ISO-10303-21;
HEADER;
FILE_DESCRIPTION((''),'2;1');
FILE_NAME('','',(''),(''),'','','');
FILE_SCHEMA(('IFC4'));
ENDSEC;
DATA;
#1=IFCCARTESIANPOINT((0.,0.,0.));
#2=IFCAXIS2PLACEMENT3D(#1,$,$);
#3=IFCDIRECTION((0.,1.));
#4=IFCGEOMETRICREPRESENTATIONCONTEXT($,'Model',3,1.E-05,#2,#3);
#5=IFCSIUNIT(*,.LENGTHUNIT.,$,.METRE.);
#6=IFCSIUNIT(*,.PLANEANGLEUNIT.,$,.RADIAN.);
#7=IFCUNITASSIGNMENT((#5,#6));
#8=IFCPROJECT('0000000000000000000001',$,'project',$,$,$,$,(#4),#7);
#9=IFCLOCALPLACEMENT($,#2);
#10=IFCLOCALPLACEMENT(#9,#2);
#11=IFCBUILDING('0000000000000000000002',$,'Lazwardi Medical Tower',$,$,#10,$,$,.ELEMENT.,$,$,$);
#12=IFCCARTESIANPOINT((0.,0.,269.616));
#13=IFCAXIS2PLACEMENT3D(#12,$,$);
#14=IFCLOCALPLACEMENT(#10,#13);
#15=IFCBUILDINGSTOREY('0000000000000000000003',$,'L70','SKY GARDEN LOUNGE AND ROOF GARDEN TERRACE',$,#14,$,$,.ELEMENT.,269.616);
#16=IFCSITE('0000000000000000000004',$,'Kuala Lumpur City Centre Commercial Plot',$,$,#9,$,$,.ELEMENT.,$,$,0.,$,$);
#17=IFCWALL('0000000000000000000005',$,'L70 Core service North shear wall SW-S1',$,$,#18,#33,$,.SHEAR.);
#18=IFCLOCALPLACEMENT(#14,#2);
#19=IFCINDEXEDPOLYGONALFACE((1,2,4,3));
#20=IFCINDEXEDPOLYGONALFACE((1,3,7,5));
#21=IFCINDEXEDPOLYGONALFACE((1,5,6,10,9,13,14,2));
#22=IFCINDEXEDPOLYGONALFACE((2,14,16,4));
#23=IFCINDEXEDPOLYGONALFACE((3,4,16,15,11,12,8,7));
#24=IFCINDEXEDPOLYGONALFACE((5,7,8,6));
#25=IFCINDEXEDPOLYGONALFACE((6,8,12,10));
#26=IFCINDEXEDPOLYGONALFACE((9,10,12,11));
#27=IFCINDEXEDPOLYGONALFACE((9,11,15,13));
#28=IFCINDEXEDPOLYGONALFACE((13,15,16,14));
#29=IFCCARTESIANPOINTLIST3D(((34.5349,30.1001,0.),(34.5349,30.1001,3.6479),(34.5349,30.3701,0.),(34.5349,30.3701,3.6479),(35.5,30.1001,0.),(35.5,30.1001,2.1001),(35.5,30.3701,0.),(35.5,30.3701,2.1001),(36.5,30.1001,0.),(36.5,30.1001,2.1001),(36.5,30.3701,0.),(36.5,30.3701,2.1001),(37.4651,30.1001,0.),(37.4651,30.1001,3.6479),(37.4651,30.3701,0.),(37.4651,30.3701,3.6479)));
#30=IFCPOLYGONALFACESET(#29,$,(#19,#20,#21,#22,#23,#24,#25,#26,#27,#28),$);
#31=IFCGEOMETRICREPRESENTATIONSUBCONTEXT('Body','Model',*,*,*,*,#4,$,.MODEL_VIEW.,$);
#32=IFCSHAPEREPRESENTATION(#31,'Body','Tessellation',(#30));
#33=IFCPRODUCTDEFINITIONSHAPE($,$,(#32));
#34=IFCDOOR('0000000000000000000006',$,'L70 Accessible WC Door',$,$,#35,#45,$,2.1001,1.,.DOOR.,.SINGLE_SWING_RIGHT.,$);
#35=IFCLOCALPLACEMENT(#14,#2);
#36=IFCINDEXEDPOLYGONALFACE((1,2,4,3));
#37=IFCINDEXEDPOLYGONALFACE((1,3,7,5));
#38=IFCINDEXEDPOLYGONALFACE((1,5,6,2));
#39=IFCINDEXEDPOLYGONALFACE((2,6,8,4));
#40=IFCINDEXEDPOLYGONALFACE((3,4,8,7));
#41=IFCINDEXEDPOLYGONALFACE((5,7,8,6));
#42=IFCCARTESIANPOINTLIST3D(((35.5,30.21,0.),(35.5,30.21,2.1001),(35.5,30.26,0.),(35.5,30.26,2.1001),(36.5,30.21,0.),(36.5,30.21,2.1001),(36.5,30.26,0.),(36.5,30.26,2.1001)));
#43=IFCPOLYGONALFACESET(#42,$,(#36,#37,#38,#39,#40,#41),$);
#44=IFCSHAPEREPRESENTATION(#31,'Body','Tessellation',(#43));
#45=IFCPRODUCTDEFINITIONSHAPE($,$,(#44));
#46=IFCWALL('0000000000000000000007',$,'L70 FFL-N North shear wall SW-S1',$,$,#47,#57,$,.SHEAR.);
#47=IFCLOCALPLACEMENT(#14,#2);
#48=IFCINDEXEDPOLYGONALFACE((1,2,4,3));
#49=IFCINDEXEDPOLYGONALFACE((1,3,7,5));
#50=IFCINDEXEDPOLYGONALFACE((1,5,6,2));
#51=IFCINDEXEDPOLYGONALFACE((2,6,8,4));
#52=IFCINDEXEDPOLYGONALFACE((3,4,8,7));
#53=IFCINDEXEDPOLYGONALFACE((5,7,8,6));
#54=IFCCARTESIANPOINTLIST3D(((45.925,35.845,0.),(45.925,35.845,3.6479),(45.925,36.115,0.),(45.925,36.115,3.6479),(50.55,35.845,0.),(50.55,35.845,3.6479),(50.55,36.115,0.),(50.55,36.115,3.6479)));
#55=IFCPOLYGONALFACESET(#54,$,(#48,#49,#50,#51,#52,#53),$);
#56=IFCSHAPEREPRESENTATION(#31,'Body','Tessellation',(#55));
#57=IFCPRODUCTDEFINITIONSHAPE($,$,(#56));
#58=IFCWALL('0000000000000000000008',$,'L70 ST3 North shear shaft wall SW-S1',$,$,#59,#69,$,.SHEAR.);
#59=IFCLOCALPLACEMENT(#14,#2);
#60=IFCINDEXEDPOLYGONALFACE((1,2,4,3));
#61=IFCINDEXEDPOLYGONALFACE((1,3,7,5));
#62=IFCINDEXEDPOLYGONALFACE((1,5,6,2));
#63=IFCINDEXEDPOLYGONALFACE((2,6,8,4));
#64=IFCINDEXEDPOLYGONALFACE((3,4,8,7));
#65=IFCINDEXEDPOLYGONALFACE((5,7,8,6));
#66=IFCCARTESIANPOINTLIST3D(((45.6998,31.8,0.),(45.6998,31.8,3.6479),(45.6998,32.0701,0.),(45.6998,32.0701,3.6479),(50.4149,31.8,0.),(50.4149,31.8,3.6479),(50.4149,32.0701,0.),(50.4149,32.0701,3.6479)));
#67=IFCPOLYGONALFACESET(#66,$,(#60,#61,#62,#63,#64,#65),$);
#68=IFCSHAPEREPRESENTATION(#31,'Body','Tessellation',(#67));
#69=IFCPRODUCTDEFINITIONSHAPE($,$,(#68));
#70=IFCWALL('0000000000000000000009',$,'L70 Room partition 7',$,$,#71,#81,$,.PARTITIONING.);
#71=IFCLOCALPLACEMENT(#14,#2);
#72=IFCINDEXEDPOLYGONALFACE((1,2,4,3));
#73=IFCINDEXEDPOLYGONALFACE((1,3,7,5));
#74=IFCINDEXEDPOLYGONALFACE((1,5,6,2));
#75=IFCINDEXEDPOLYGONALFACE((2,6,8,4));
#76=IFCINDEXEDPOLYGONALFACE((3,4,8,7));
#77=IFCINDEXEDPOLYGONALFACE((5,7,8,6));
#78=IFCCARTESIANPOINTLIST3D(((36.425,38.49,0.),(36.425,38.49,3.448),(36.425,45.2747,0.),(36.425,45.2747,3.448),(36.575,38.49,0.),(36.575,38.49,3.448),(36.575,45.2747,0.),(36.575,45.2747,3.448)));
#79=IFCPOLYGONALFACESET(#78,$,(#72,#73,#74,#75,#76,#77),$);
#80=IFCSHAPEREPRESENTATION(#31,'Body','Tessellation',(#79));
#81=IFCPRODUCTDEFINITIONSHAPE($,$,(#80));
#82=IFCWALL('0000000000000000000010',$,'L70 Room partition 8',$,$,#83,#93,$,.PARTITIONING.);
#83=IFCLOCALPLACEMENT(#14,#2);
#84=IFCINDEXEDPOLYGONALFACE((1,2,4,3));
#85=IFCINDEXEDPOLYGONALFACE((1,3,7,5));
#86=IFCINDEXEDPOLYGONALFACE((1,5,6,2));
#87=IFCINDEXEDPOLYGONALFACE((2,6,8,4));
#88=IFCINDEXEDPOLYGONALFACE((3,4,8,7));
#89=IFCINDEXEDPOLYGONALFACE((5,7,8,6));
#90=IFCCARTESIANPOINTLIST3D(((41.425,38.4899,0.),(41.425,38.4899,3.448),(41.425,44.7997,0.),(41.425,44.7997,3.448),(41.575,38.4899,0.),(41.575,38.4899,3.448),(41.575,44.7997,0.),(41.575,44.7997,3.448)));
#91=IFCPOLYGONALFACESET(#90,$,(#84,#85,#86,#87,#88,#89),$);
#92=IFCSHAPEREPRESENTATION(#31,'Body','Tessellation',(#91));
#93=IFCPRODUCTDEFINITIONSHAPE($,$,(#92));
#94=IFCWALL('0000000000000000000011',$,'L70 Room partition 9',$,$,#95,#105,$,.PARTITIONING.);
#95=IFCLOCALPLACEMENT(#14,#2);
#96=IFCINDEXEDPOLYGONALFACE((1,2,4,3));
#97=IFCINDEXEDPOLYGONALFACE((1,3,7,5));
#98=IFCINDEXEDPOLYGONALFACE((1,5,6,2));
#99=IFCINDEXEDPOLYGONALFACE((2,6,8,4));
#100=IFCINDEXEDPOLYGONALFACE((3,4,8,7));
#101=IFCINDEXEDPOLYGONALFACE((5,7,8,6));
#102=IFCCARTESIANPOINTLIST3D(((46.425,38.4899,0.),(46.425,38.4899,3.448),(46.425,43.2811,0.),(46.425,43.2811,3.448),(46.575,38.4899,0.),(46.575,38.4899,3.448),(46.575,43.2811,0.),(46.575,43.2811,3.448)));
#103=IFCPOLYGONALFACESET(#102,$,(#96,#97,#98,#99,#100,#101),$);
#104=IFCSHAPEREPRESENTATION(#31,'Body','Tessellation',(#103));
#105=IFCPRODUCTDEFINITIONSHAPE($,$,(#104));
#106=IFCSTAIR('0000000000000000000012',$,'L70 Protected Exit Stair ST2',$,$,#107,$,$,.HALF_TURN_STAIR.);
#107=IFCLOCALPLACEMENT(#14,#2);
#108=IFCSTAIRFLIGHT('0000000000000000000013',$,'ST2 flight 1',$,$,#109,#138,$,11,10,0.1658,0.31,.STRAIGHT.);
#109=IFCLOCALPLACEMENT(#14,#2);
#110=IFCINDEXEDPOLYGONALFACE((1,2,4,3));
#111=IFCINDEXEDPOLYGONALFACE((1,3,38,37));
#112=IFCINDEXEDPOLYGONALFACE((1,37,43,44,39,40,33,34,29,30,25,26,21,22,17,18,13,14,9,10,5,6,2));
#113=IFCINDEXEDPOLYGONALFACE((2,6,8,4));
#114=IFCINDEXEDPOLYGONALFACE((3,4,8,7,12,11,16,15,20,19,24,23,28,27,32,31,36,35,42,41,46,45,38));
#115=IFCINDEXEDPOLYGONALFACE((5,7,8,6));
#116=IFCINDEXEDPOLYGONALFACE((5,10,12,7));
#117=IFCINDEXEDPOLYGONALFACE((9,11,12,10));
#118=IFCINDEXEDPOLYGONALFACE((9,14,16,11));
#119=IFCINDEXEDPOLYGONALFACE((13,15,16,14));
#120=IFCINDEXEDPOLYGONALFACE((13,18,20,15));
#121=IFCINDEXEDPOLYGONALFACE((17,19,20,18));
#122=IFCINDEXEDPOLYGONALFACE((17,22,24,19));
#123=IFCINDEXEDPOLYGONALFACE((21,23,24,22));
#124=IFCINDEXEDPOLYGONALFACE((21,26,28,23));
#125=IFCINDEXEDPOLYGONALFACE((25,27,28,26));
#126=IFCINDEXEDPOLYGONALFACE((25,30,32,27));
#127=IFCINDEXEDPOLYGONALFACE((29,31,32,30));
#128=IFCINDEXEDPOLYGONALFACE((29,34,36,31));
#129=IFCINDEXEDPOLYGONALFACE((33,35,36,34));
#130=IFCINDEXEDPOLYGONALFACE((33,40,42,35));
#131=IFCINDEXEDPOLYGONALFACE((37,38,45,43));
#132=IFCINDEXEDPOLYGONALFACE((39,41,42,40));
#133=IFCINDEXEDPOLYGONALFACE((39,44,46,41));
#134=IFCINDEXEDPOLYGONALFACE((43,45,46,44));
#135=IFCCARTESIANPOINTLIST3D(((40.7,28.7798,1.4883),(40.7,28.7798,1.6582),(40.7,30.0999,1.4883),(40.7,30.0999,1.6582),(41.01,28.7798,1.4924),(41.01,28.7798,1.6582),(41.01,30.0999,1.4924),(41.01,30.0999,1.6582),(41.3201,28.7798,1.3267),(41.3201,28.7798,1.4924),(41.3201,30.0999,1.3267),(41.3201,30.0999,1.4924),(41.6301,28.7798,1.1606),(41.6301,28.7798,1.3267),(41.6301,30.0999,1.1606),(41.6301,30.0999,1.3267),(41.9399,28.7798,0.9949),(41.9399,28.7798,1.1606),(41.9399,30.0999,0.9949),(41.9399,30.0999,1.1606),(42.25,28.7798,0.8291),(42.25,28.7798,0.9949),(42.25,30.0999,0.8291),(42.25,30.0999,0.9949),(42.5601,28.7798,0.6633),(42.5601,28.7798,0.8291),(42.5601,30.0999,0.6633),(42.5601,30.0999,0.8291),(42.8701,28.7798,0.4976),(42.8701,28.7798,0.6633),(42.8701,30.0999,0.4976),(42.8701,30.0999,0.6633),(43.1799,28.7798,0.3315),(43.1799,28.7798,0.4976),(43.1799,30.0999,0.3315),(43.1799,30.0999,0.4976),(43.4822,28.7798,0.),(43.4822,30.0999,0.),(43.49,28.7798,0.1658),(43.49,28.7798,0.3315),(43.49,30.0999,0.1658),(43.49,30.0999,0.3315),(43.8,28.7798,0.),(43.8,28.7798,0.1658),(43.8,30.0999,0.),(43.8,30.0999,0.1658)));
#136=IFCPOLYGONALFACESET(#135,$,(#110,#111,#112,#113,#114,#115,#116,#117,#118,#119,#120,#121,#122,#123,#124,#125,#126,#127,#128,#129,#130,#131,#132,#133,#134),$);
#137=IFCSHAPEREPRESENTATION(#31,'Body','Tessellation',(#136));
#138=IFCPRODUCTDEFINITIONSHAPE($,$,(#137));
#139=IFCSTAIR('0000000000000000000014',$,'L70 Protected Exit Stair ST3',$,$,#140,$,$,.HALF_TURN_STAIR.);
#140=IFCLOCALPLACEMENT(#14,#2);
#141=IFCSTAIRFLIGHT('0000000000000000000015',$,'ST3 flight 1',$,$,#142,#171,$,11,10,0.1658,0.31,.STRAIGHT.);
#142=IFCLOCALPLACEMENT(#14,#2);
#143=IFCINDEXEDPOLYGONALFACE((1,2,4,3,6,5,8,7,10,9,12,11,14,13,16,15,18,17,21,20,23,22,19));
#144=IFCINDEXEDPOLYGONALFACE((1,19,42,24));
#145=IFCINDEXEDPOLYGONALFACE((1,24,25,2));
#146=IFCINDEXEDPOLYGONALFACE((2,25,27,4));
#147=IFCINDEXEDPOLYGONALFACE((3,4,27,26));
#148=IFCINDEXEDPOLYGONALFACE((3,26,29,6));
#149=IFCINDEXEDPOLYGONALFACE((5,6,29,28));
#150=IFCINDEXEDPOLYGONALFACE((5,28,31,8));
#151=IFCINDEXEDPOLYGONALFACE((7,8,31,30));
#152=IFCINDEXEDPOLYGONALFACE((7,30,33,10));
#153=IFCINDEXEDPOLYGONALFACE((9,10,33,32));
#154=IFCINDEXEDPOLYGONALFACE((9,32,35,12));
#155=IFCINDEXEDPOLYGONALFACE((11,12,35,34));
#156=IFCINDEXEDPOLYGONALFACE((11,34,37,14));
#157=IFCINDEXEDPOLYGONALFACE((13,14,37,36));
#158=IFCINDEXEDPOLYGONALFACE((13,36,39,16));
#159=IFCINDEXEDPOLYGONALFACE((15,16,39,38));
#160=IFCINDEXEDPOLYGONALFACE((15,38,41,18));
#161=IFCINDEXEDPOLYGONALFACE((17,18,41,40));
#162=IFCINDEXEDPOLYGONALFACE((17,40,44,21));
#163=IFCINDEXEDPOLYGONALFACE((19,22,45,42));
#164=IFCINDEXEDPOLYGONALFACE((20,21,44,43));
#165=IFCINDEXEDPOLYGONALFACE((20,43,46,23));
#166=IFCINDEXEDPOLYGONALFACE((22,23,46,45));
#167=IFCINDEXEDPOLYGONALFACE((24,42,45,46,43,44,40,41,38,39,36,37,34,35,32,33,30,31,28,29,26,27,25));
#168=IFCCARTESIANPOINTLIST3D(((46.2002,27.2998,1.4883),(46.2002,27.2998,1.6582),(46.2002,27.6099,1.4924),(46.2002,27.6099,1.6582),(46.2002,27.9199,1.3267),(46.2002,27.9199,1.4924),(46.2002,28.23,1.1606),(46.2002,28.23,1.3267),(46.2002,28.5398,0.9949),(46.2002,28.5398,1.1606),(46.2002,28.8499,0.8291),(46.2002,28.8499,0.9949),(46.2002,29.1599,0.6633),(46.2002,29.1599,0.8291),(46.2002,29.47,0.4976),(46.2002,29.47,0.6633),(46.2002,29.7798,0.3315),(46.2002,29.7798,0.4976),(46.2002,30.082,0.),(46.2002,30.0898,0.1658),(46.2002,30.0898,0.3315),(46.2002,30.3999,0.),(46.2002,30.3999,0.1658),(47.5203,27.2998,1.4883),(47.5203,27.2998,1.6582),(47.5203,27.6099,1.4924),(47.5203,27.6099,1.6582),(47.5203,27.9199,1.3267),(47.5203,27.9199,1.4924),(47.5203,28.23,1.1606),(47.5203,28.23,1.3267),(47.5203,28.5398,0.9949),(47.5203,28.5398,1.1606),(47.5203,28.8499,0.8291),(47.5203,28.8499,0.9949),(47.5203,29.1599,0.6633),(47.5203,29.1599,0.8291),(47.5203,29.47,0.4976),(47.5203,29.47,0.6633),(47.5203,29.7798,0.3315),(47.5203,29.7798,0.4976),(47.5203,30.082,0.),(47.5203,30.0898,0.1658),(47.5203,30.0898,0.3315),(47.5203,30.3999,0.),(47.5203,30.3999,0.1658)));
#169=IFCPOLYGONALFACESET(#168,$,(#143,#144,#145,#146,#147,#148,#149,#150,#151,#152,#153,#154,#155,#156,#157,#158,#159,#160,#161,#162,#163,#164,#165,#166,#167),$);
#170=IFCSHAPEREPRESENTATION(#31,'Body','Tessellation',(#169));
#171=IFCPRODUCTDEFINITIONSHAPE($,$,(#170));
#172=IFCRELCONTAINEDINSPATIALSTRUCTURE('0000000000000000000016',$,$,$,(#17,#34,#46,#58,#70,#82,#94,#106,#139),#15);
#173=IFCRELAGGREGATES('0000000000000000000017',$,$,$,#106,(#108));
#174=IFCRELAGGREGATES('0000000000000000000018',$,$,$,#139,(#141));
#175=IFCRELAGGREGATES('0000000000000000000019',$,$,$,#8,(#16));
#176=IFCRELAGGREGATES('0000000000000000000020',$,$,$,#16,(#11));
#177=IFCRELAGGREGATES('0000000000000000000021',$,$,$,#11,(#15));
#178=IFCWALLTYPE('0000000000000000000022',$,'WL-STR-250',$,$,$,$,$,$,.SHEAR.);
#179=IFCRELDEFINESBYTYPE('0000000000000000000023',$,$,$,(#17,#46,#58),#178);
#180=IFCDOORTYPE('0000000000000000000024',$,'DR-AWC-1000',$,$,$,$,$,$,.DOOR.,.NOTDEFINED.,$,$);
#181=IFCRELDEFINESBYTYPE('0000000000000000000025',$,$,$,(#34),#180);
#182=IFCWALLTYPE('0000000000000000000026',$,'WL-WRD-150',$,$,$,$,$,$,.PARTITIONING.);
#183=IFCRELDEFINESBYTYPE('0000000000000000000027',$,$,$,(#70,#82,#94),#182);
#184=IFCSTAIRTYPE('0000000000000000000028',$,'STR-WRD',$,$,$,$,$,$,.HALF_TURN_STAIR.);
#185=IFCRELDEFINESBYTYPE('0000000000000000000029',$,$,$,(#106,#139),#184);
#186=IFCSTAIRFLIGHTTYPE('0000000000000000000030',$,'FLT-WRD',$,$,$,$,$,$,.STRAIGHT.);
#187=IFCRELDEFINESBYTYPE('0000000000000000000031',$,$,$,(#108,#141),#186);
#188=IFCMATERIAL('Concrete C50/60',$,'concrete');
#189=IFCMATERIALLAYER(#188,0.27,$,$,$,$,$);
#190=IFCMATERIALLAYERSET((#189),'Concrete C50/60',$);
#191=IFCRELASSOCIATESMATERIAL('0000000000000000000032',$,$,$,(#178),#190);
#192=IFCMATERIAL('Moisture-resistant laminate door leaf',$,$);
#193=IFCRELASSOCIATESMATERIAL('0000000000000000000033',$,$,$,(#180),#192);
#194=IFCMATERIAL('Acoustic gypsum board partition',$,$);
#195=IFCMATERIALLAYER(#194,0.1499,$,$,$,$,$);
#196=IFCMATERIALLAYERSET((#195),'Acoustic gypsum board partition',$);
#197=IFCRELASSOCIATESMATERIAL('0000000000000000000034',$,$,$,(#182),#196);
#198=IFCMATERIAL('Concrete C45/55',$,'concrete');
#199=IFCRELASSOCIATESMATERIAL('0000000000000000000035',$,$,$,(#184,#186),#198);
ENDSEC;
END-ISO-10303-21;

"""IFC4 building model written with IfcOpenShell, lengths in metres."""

from ifc_helpers import new_model, si_unit, direction, frame, frame_2d, origin, place, context, subcontext, project, spatial, polyline, rectangle, outline, extrude, material, layer, layer_set, type_object, element, fill, aggregate, save


model = new_model("IFC4")

# Units and contexts
model_context = context("Model", 3, precision=1e-05, world=origin(), true_north=direction((0.0, 1.0)))
body_context = subcontext(model_context, "Body", "Model", "MODEL_VIEW")
ifc_project = project(units=[si_unit("LENGTHUNIT", "METRE"), si_unit("PLANEANGLEUNIT", "RADIAN")], contexts=[model_context])

# Site, building, storey
site_placement = place(None, origin())
site = spatial("IfcSite", under=ifc_project, at=site_placement, Name="Kuala Lumpur City Centre Commercial Plot", CompositionType="ELEMENT", RefElevation=0.0)
building_placement = place(site_placement, origin())
building = spatial("IfcBuilding", under=site, at=building_placement, Name="Lazwardi Medical Tower", CompositionType="ELEMENT")
storey_placement = place(building_placement, frame((0.0, 0.0, 269.616)))
storey = spatial("IfcBuildingStorey", under=building, at=storey_placement, Name="L70", Description="SKY GARDEN LOUNGE AND ROOF GARDEN TERRACE", CompositionType="ELEMENT", Elevation=269.616)

# Wall, opening, door
ifc_material_1 = material(Name="Concrete C50/60", Category="concrete")
ifc_layer_1 = layer(ifc_material_1, 0.27)
ifc_layer_set_1 = layer_set([ifc_layer_1], Name="Concrete C50/60")
wall_type_1 = type_object("IfcWallType", Name="WL-STR-250", PredefinedType="SHEAR", material=ifc_layer_set_1)
wall_1_placement = place(storey_placement, frame((34.5349, 30.2351, 0.0), z_axis=(0.0, 0.0, 1.0), x_axis=(1.0, 0.0, 0.0)))
wall_1 = element("IfcWall", 1, at=wall_1_placement, inside=storey, type_object=wall_type_1, Name="L70 Core service North shear wall SW-S1", PredefinedType="SHEAR", context=body_context, shape_type="SweptSolid", body=[
    extrude(rectangle(XDim=2.9302, YDim=0.27, at=frame_2d((1.4651, 0.0))), origin(), (0.0, 0.0, 1.0), 3.6479),
])
opening_1_placement = place(wall_1_placement, frame((0.9651, 0.0, 0.0)))
opening_1 = element("IfcOpeningElement", 2, at=opening_1_placement, cuts=wall_1, PredefinedType="OPENING", context=body_context, shape_type="SweptSolid", body=[
    extrude(rectangle(XDim=1.0, YDim=2.1001, at=frame_2d((0.5, 1.05))), frame((0.0, 0.145, 0.0), z_axis=(0.0, -1.0, 0.0), x_axis=(1.0, 0.0, 0.0)), (0.0, 0.0, 1.0), 0.29),
])
ifc_material_2 = material(Name="Moisture-resistant laminate door leaf")
door_type_1 = type_object("IfcDoorType", Name="DR-AWC-1000", OperationType="NOTDEFINED", PredefinedType="DOOR", material=ifc_material_2)
door_1_placement = place(opening_1_placement, origin())
door_1 = element("IfcDoor", 3, at=door_1_placement, inside=storey, type_object=door_type_1, Name="L70 Accessible WC Door", OperationType="SINGLE_SWING_RIGHT", OverallHeight=2.1001, OverallWidth=1.0, PredefinedType="DOOR", context=body_context, shape_type="SweptSolid", body=[
    extrude(rectangle(XDim=1.0, YDim=2.1001, at=frame_2d((0.5, 1.05))), frame((0.0, 0.0249, 0.0), z_axis=(0.0, -1.0, 0.0), x_axis=(1.0, 0.0, 0.0)), (0.0, 0.0, 1.0), 0.05),
])
fill(opening_1, door_1)

# Walls
wall_2_placement = place(storey_placement, frame((45.925, 35.98, 0.0), z_axis=(0.0, 0.0, 1.0), x_axis=(1.0, 0.0, 0.0)))
element("IfcWall", 4, at=wall_2_placement, inside=storey, type_object=wall_type_1, Name="L70 FFL-N North shear wall SW-S1", PredefinedType="SHEAR", context=body_context, shape_type="SweptSolid", body=[
    extrude(rectangle(XDim=4.625, YDim=0.27, at=frame_2d((2.3125, 0.0))), origin(), (0.0, 0.0, 1.0), 3.6479),
])
wall_3_placement = place(storey_placement, frame((45.7, 31.9351, 0.0), z_axis=(0.0, 0.0, 1.0), x_axis=(1.0, 0.0, 0.0)))
element("IfcWall", 5, at=wall_3_placement, inside=storey, type_object=wall_type_1, Name="L70 ST3 North shear shaft wall SW-S1", PredefinedType="SHEAR", context=body_context, shape_type="SweptSolid", body=[
    extrude(rectangle(XDim=4.7151, YDim=0.27, at=frame_2d((2.3574, 0.0))), origin(), (0.0, 0.0, 1.0), 3.6479),
])
ifc_material_3 = material(Name="Acoustic gypsum board partition")
ifc_layer_2 = layer(ifc_material_3, 0.1499)
ifc_layer_set_2 = layer_set([ifc_layer_2], Name="Acoustic gypsum board partition")
wall_type_2 = type_object("IfcWallType", Name="WL-WRD-150", PredefinedType="PARTITIONING", material=ifc_layer_set_2)
wall_4_placement = place(storey_placement, frame((36.5, 38.49, 0.0), z_axis=(0.0, 0.0, 1.0), x_axis=(0.0, 1.0, 0.0)))
element("IfcWall", 6, at=wall_4_placement, inside=storey, type_object=wall_type_2, Name="L70 Room partition 7", PredefinedType="PARTITIONING", context=body_context, shape_type="SweptSolid", body=[
    extrude(rectangle(XDim=6.7847, YDim=0.1499, at=frame_2d((3.3923, 0.0))), origin(), (0.0, 0.0, 1.0), 3.448),
])
wall_5_placement = place(storey_placement, frame((41.5, 38.49, 0.0), z_axis=(0.0, 0.0, 1.0), x_axis=(0.0, 1.0, 0.0)))
element("IfcWall", 7, at=wall_5_placement, inside=storey, type_object=wall_type_2, Name="L70 Room partition 8", PredefinedType="PARTITIONING", context=body_context, shape_type="SweptSolid", body=[
    extrude(rectangle(XDim=6.3098, YDim=0.1499, at=frame_2d((3.1548, 0.0))), origin(), (0.0, 0.0, 1.0), 3.448),
])
wall_6_placement = place(storey_placement, frame((46.5, 38.49, 0.0), z_axis=(0.0, 0.0, 1.0), x_axis=(0.0, 1.0, 0.0)))
element("IfcWall", 8, at=wall_6_placement, inside=storey, type_object=wall_type_2, Name="L70 Room partition 9", PredefinedType="PARTITIONING", context=body_context, shape_type="SweptSolid", body=[
    extrude(rectangle(XDim=4.7913, YDim=0.1499, at=frame_2d((2.3955, 0.0))), origin(), (0.0, 0.0, 1.0), 3.448),
])

# Stairs, stair flights
ifc_material_4 = material(Name="Concrete C45/55", Category="concrete")
stair_type = type_object("IfcStairType", Name="STR-WRD", PredefinedType="HALF_TURN_STAIR", material=ifc_material_4)
stair_1_placement = place(storey_placement, origin())
stair_1 = element("IfcStair", 9, at=stair_1_placement, inside=storey, type_object=stair_type, Name="L70 Protected Exit Stair ST2", PredefinedType="HALF_TURN_STAIR")
stair_flight_type = type_object("IfcStairFlightType", Name="FLT-WRD", PredefinedType="STRAIGHT", material=ifc_material_4)
stair_flight_1_placement = place(storey_placement, frame((43.8, 29.4399, 0.0), z_axis=(0.0, 0.0, 1.0), x_axis=(-1.0, 0.0, 0.0)))
stair_flight_1 = element("IfcStairFlight", 10, at=stair_flight_1_placement, type_object=stair_flight_type, Name="ST2 flight 1", NumberOfRisers=11, NumberOfTreads=10, PredefinedType="STRAIGHT", RiserHeight=0.1658, TreadLength=0.31, context=body_context, shape_type="SweptSolid", body=[
    extrude(outline(polyline([(0.0, 0.0), (0.0, 0.1658), (0.3101, 0.1658), (0.3101, 0.3315), (0.6201, 0.3315), (0.6201, 0.4976), (0.9299, 0.4976), (0.9299, 0.6633), (1.24, 0.6633), (1.24, 0.8291), (1.55, 0.8291), (1.55, 0.9949), (1.8601, 0.9949), (1.8601, 1.1606), (2.1699, 1.1606), (2.1699, 1.3267), (2.48, 1.3267), (2.48, 1.4924), (2.79, 1.4924), (2.79, 1.6582), (3.1001, 1.6582), (3.1001, 1.824), (3.1001, 1.4883), (0.3179, 0.0), (0.0, 0.0)])), frame((0.0, 0.6602, 0.0), z_axis=(0.0, -1.0, 0.0), x_axis=(1.0, 0.0, 0.0)), (0.0, 0.0, 1.0), 1.3201),
])
aggregate(stair_1, [stair_flight_1])
stair_2_placement = place(storey_placement, origin())
stair_2 = element("IfcStair", 11, at=stair_2_placement, inside=storey, type_object=stair_type, Name="L70 Protected Exit Stair ST3", PredefinedType="HALF_TURN_STAIR")
stair_flight_2_placement = place(storey_placement, frame((46.8601, 30.3999, 0.0), z_axis=(0.0, 0.0, 1.0), x_axis=(0.0, -1.0, 0.0)))
stair_flight_2 = element("IfcStairFlight", 12, at=stair_flight_2_placement, type_object=stair_flight_type, Name="ST3 flight 1", NumberOfRisers=11, NumberOfTreads=10, PredefinedType="STRAIGHT", RiserHeight=0.1658, TreadLength=0.31, context=body_context, shape_type="SweptSolid", body=[
    extrude(outline(polyline([(0.0, 0.0), (0.0, 0.1658), (0.3101, 0.1658), (0.3101, 0.3315), (0.6201, 0.3315), (0.6201, 0.4976), (0.9299, 0.4976), (0.9299, 0.6633), (1.24, 0.6633), (1.24, 0.8291), (1.55, 0.8291), (1.55, 0.9949), (1.8601, 0.9949), (1.8601, 1.1606), (2.1699, 1.1606), (2.1699, 1.3267), (2.48, 1.3267), (2.48, 1.4924), (2.79, 1.4924), (2.79, 1.6582), (3.1001, 1.6582), (3.1001, 1.824), (3.1001, 1.4883), (0.3179, 0.0), (0.0, 0.0)])), frame((0.0, 0.6602, 0.0), z_axis=(0.0, -1.0, 0.0), x_axis=(1.0, 0.0, 0.0)), (0.0, 0.0, 1.0), 1.3201),
])
aggregate(stair_2, [stair_flight_2])

save(model, "model.ifc")
